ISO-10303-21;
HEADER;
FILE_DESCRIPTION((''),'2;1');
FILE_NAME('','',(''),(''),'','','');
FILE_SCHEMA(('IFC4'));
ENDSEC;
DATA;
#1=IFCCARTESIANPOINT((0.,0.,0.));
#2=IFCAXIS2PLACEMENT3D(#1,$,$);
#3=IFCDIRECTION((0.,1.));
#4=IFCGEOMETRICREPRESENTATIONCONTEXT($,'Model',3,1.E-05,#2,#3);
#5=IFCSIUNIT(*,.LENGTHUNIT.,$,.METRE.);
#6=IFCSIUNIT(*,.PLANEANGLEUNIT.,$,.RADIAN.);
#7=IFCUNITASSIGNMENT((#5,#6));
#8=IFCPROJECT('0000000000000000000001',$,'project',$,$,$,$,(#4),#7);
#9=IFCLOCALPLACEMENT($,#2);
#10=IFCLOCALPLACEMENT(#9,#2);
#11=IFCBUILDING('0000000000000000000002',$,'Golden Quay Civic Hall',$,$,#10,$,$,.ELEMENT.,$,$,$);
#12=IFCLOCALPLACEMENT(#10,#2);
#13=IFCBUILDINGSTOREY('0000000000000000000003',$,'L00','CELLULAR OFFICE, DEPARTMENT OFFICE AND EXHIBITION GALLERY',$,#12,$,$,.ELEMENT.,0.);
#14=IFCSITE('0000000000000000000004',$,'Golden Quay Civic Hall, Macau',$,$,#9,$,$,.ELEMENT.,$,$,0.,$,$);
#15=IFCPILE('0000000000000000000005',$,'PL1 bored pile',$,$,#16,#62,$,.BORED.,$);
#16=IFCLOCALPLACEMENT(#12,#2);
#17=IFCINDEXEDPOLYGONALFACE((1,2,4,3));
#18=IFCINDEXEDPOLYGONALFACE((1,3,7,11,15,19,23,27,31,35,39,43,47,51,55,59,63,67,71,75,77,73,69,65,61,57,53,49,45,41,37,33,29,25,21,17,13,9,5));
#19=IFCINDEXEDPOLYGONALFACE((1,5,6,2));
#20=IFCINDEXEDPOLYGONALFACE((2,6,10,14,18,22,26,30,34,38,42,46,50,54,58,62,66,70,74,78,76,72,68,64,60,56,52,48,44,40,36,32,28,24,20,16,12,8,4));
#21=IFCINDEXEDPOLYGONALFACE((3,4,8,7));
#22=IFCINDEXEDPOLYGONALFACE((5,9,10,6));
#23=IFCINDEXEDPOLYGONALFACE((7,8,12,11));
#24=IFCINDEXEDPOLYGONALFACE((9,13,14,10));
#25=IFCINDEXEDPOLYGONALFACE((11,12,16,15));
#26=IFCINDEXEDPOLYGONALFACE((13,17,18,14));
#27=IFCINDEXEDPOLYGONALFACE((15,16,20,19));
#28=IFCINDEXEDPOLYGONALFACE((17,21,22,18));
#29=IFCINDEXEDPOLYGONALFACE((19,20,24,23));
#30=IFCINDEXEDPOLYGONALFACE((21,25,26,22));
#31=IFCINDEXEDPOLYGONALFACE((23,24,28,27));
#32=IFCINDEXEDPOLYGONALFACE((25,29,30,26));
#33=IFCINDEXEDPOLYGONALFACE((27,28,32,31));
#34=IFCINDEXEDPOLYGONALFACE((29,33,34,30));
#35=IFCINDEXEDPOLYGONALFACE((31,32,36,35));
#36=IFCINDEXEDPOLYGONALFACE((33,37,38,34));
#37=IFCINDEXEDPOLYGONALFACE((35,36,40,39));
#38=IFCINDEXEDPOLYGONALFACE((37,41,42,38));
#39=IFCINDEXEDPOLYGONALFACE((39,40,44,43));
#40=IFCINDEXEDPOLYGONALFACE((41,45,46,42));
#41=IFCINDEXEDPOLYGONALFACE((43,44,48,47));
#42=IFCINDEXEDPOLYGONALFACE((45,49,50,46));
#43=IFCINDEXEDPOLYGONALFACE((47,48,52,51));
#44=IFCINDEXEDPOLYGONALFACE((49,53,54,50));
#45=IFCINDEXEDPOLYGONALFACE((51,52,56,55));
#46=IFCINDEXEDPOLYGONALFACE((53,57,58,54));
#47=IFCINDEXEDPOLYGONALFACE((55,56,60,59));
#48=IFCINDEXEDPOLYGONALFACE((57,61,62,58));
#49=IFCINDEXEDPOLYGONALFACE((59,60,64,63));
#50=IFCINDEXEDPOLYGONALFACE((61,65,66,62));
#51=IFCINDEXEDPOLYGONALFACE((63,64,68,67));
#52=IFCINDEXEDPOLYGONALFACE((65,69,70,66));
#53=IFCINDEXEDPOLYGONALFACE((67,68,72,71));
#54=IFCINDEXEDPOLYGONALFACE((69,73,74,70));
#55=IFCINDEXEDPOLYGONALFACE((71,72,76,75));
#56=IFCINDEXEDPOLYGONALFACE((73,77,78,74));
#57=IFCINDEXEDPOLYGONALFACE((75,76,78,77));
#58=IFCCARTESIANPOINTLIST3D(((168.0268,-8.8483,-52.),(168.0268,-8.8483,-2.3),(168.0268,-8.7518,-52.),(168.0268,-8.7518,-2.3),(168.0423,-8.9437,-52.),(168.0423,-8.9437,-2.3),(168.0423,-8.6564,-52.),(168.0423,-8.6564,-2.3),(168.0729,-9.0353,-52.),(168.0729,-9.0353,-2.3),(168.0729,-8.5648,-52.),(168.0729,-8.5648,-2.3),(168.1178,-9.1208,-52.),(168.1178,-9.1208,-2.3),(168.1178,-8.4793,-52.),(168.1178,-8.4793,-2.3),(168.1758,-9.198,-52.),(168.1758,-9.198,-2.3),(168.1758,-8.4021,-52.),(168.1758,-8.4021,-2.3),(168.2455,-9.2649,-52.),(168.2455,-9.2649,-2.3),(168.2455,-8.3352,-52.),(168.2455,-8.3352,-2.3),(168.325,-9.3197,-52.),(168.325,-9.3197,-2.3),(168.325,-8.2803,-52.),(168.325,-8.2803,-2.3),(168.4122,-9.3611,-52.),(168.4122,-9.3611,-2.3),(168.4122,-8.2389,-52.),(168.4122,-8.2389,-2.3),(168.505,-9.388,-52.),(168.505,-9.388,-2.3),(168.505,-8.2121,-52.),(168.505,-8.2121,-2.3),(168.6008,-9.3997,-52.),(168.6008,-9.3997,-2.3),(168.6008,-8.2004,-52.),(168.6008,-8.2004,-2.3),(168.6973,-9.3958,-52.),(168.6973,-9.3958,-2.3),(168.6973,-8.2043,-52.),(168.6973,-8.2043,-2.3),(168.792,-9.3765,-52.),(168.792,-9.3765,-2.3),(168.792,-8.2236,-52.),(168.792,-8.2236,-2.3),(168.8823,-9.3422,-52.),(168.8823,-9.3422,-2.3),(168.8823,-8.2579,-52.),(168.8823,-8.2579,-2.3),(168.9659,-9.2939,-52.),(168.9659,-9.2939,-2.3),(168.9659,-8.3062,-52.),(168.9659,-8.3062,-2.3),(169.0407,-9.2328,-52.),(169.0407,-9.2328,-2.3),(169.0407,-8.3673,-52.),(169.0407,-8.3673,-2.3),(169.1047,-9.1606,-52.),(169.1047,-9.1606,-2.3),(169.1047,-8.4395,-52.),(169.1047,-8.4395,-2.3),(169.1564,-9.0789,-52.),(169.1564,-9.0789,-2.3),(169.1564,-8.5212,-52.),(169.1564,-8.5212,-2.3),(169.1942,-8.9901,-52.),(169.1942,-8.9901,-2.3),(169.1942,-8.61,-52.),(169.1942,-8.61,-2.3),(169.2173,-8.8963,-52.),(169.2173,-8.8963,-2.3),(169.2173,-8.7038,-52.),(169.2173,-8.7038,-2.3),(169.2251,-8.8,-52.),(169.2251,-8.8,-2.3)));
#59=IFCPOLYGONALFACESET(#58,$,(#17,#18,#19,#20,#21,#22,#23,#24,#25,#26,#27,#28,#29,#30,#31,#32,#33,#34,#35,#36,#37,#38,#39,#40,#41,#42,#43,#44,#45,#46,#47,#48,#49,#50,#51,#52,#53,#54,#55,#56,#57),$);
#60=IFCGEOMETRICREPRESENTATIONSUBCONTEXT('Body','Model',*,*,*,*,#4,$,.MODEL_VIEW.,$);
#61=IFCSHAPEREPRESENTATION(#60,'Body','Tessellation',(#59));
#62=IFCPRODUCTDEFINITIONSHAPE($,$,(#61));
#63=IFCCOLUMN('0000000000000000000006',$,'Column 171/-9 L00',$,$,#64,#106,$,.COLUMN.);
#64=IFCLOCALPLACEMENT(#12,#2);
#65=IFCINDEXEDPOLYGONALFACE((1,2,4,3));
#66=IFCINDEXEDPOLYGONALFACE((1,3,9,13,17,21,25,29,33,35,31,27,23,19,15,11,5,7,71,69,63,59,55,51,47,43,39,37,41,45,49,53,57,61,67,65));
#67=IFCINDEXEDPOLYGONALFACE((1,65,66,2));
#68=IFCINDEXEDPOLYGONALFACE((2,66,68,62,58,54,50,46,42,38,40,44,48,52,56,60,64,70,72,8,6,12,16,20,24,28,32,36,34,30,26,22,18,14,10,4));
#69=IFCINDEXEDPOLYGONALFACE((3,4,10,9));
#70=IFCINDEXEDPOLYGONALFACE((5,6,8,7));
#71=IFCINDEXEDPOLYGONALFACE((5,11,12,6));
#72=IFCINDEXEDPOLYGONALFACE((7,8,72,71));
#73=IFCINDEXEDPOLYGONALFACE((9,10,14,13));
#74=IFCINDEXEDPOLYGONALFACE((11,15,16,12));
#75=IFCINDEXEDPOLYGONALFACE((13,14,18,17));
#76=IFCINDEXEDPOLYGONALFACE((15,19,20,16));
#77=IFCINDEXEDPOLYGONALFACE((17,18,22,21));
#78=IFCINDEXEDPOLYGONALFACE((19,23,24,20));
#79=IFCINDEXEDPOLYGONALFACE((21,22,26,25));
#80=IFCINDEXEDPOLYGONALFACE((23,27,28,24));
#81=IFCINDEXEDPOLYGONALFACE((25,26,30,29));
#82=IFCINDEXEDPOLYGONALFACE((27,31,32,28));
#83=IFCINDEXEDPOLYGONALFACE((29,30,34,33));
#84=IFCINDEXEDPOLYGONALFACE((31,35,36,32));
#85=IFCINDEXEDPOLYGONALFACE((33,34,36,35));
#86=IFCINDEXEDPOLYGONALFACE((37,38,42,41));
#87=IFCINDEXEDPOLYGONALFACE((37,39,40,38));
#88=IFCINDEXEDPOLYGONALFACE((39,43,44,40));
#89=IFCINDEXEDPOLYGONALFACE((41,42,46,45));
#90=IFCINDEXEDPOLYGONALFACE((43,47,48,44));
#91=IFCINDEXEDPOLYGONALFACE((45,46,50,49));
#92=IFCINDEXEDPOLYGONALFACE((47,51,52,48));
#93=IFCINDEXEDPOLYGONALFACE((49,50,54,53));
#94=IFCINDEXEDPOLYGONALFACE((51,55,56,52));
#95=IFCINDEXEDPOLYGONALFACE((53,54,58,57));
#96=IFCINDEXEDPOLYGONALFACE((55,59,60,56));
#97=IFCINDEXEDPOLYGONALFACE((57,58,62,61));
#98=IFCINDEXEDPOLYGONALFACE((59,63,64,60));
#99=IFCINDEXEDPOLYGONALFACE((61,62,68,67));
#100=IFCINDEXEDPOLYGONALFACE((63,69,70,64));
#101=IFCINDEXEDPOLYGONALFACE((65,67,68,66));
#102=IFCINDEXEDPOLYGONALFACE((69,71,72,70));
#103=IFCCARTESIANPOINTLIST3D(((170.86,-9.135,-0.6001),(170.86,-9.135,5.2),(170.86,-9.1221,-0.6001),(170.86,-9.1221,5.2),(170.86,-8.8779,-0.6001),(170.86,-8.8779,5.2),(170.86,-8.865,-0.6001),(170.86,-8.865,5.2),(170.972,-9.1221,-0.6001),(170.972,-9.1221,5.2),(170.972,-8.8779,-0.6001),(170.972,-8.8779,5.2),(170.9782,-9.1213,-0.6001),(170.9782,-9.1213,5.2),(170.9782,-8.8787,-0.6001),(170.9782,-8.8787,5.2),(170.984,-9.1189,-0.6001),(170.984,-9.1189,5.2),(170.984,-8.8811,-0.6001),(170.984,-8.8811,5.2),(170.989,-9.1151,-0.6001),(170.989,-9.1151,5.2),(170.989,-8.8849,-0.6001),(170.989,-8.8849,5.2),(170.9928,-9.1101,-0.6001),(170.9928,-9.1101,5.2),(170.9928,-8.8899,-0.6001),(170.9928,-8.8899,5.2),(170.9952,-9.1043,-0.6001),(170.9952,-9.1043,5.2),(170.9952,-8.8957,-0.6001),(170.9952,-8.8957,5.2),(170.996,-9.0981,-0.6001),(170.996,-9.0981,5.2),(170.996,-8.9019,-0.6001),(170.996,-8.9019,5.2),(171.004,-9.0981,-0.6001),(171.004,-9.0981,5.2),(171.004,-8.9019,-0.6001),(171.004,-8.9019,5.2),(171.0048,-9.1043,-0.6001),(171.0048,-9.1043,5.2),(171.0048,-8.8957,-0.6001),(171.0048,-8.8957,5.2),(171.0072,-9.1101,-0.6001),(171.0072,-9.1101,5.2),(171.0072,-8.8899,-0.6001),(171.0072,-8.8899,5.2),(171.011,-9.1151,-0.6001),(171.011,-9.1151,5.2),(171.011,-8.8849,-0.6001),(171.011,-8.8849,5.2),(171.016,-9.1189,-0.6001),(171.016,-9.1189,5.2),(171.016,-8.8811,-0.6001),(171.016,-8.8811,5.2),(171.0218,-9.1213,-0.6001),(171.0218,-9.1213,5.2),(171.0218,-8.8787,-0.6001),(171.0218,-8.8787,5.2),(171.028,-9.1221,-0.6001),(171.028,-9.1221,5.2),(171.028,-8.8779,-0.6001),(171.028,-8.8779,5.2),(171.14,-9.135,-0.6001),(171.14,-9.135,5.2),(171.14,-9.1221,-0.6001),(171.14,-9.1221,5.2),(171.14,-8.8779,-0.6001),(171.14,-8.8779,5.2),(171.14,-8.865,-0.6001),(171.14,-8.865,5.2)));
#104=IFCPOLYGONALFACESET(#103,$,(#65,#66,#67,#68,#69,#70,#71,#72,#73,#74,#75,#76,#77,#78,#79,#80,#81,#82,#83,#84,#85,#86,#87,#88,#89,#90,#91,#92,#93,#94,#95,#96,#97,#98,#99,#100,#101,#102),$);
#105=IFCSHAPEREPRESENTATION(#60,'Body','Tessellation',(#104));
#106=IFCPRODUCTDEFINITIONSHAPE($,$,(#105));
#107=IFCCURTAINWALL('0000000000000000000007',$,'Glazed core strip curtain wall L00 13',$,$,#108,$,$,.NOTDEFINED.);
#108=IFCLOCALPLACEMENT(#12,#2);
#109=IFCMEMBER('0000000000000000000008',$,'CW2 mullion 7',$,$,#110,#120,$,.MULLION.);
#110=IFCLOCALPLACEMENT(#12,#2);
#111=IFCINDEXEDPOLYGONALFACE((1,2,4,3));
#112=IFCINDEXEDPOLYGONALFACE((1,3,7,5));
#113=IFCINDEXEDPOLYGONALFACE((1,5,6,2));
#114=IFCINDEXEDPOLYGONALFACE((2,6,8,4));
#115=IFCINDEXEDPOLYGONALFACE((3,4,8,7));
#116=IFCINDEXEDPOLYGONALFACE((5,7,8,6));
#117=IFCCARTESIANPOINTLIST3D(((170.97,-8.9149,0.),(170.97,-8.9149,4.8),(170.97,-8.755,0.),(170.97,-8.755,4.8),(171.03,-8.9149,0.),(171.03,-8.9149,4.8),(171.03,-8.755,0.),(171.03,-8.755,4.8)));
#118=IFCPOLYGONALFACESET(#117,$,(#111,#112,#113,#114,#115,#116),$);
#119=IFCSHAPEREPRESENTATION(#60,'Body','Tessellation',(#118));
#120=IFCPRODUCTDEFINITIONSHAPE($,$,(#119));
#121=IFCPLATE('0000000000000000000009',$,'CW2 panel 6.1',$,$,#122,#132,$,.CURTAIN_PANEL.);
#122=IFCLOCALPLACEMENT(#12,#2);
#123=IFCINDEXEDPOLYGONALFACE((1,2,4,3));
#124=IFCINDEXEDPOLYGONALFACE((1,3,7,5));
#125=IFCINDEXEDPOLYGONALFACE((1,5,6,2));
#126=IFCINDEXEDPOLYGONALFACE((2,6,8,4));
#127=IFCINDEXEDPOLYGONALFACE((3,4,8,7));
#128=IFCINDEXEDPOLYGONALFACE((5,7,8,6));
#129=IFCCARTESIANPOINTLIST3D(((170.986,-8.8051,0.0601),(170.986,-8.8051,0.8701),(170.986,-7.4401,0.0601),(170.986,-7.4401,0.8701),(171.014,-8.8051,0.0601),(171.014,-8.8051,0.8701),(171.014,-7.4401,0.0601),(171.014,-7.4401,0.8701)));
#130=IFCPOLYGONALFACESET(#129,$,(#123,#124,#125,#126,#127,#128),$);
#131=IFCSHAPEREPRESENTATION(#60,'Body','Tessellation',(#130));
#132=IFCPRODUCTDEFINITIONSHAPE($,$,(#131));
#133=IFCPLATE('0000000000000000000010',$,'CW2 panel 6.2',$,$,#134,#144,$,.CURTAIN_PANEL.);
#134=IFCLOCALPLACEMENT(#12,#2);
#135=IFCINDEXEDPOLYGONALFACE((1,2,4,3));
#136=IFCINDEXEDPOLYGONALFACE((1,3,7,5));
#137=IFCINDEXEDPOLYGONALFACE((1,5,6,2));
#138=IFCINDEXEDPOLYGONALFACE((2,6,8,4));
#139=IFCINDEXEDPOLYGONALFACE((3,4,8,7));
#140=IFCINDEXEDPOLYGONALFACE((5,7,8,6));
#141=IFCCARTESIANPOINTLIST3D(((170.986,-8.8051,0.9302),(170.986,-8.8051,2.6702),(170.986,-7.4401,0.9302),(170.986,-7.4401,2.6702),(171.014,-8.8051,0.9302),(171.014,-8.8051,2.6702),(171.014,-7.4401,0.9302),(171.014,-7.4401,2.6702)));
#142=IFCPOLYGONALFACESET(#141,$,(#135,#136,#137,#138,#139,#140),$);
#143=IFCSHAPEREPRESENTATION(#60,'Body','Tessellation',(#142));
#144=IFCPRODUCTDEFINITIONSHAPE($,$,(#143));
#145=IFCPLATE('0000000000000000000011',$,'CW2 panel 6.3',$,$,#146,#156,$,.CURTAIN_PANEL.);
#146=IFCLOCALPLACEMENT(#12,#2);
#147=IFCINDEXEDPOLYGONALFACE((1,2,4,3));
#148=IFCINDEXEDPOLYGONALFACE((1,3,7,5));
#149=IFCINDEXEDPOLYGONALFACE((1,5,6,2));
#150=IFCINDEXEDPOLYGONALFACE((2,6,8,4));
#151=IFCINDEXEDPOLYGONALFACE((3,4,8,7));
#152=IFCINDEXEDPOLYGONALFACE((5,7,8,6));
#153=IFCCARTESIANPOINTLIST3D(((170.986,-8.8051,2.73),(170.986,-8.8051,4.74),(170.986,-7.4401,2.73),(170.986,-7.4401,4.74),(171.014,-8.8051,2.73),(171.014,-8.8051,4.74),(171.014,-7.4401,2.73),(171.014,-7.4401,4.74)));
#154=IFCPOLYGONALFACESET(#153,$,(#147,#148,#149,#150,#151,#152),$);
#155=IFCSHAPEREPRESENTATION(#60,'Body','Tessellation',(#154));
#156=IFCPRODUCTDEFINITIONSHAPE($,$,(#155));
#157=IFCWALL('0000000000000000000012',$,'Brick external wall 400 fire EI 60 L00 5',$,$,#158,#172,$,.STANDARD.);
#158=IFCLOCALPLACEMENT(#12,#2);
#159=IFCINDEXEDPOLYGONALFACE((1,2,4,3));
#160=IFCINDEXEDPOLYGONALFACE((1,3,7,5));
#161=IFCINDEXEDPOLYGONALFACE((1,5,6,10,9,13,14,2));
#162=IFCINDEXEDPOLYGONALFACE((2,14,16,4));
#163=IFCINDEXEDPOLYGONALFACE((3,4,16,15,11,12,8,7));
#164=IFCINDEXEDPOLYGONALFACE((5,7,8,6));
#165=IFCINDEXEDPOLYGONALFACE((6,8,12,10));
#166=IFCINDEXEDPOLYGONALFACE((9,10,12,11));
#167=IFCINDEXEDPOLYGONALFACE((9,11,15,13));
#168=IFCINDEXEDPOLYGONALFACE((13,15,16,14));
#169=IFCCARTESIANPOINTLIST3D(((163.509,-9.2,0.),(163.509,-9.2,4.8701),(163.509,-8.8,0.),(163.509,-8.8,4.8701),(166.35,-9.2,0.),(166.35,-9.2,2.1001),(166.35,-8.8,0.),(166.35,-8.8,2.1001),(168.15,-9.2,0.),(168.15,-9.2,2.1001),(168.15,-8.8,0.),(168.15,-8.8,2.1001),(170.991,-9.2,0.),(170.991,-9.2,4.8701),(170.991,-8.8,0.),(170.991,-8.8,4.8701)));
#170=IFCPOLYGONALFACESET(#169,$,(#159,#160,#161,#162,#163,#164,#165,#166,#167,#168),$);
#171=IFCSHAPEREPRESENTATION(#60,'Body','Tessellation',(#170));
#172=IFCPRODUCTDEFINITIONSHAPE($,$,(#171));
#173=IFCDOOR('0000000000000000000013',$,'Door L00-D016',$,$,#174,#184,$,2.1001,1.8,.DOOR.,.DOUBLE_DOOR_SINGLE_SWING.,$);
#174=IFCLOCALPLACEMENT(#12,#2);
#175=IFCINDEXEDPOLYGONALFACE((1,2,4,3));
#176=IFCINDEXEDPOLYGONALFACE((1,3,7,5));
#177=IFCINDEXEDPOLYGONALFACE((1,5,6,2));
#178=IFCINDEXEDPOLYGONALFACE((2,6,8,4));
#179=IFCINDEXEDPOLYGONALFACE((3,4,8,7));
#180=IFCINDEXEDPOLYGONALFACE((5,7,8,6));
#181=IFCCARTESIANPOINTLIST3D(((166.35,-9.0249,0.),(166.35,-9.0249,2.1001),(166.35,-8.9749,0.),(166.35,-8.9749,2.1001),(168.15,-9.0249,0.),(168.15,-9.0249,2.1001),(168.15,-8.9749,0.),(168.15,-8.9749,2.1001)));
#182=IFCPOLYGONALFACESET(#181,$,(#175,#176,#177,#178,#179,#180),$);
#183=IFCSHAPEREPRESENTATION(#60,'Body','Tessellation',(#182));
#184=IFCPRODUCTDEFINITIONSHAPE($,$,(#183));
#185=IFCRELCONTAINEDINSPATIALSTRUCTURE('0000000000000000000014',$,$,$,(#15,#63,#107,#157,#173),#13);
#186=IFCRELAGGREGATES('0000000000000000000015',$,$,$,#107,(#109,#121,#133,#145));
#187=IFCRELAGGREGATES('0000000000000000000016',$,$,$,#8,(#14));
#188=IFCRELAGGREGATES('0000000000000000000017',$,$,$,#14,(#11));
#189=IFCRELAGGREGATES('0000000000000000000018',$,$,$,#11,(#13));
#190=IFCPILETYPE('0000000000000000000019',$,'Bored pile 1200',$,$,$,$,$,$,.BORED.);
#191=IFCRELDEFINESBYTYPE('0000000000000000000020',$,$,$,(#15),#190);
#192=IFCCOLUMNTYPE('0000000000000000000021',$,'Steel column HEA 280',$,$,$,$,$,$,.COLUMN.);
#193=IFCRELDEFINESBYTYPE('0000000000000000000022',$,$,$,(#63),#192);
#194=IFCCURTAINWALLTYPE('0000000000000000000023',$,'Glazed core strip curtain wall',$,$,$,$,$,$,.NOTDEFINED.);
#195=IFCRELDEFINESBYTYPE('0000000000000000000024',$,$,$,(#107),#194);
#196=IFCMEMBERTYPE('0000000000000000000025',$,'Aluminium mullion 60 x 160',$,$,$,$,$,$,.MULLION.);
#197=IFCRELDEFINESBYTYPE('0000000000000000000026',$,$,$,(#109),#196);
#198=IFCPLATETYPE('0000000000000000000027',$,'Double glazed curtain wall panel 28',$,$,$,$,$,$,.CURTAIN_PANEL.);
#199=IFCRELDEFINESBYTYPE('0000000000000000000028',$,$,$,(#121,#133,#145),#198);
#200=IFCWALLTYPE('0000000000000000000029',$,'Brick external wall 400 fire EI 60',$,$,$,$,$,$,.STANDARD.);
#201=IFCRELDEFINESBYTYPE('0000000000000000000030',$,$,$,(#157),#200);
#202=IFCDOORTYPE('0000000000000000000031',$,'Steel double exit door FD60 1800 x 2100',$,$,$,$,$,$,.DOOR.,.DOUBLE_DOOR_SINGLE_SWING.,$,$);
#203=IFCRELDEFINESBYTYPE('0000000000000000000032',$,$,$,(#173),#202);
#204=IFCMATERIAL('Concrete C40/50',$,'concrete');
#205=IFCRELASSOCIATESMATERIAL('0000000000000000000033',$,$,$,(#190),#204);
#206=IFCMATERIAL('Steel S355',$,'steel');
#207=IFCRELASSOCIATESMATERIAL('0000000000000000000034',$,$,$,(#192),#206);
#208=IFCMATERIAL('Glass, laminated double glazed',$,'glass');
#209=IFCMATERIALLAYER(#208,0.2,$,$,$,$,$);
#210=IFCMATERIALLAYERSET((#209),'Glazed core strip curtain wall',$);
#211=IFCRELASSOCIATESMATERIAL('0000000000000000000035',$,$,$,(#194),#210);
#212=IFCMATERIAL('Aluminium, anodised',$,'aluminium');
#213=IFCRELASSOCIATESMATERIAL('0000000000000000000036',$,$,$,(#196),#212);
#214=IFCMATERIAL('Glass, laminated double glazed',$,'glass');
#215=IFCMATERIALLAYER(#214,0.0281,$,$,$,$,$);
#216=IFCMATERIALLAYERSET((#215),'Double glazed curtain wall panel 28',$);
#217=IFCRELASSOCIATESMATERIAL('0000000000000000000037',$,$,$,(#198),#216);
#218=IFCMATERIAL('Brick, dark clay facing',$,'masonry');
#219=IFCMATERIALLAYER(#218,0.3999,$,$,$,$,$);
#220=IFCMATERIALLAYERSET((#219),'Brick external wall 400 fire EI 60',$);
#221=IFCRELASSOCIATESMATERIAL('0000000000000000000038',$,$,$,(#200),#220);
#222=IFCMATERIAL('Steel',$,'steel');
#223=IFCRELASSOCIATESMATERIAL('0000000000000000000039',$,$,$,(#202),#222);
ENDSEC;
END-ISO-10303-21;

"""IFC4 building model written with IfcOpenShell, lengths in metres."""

from ifc_helpers import new_model, si_unit, direction, frame, frame_2d, origin, origin_2d, place, context, subcontext, project, spatial, rectangle, circle, i_section, extrude, material, layer, layer_set, material_profile, profile_set, type_object, element, fill, aggregate, save


model = new_model("IFC4")

# Units and contexts
model_context = context("Model", 3, precision=1e-05, world=origin(), true_north=direction((0.0, 1.0)))
body_context = subcontext(model_context, "Body", "Model", "MODEL_VIEW")
ifc_project = project(units=[si_unit("LENGTHUNIT", "METRE"), si_unit("PLANEANGLEUNIT", "RADIAN")], contexts=[model_context])

# Site, building, storey
site_placement = place(None, origin())
site = spatial("IfcSite", under=ifc_project, at=site_placement, Name="Golden Quay Civic Hall, Macau", CompositionType="ELEMENT", RefElevation=0.0)
building_placement = place(site_placement, origin())
building = spatial("IfcBuilding", under=site, at=building_placement, Name="Golden Quay Civic Hall", CompositionType="ELEMENT")
storey_placement = place(building_placement, origin())
storey = spatial("IfcBuildingStorey", under=building, at=storey_placement, Name="L00", Description="CELLULAR OFFICE, DEPARTMENT OFFICE AND EXHIBITION GALLERY", CompositionType="ELEMENT", Elevation=0.0)

# Pile
ifc_material_1 = material(Name="Concrete C40/50", Category="concrete")
ifc_material_profile_1 = material_profile(ifc_material_1, circle(Radius=0.6001, at=origin_2d()), Name="RC D1200")
ifc_profile_set_1 = profile_set([ifc_material_profile_1], Name="Concrete C40/50")
pile_type = type_object("IfcPileType", Name="Bored pile 1200", PredefinedType="BORED", material=ifc_profile_set_1)
pile_placement = place(storey_placement, frame((168.625, -8.8, -2.3), z_axis=(0.0, 0.0, -1.0), x_axis=(1.0, 0.0, 0.0)))
element("IfcPile", 1, at=pile_placement, inside=storey, type_object=pile_type, Name="PL1 bored pile", PredefinedType="BORED", context=body_context, shape_type="SweptSolid", body=[
    extrude(circle(Radius=0.6001, at=origin_2d()), origin(), (0.0, 0.0, 1.0), 49.7),
])

# Column
ifc_material_2 = material(Name="Steel S355", Category="steel")
ifc_material_profile_2 = material_profile(ifc_material_2, i_section(OverallWidth=0.28, OverallDepth=0.27, WebThickness=0.0081, FlangeThickness=0.0129, FilletRadius=0.0239, at=origin_2d()), Name="HEA 280")
ifc_profile_set_2 = profile_set([ifc_material_profile_2], Name="Steel S355")
column_type = type_object("IfcColumnType", Name="Steel column HEA 280", PredefinedType="COLUMN", material=ifc_profile_set_2)
column_placement = place(storey_placement, frame((171.0, -9.0, -0.6001), z_axis=(0.0, 0.0, 1.0), x_axis=(1.0, 0.0, 0.0)))
element("IfcColumn", 2, at=column_placement, inside=storey, type_object=column_type, Name="Column 171/-9 L00", PredefinedType="COLUMN", context=body_context, shape_type="SweptSolid", body=[
    extrude(i_section(OverallWidth=0.28, OverallDepth=0.27, WebThickness=0.0081, FlangeThickness=0.0129, FilletRadius=0.0239, at=origin_2d()), origin(), (0.0, 0.0, 1.0), 5.8),
])

# Curtain wall, member, plates
ifc_material_3 = material(Name="Glass, laminated double glazed", Category="glass")
ifc_layer_1 = layer(ifc_material_3, 0.2)
ifc_layer_set_1 = layer_set([ifc_layer_1], Name="Glazed core strip curtain wall")
curtain_wall_type = type_object("IfcCurtainWallType", Name="Glazed core strip curtain wall", PredefinedType="NOTDEFINED", material=ifc_layer_set_1)
curtain_wall_placement = place(storey_placement, origin())
curtain_wall = element("IfcCurtainWall", 3, at=curtain_wall_placement, inside=storey, type_object=curtain_wall_type, Name="Glazed core strip curtain wall L00 13", PredefinedType="NOTDEFINED")
ifc_material_4 = material(Name="Aluminium, anodised", Category="aluminium")
ifc_material_profile_3 = material_profile(ifc_material_4, rectangle(XDim=0.0601, YDim=0.1599, at=origin_2d()), Name="Aluminium 60 x 160")
ifc_profile_set_3 = profile_set([ifc_material_profile_3], Name="Aluminium, anodised")
member_type = type_object("IfcMemberType", Name="Aluminium mullion 60 x 160", PredefinedType="MULLION", material=ifc_profile_set_3)
member_placement = place(storey_placement, frame((171.0, -8.835, 0.0), z_axis=(0.0, 0.0, 1.0), x_axis=(1.0, 0.0, 0.0)))
member = element("IfcMember", 4, at=member_placement, type_object=member_type, Name="CW2 mullion 7", PredefinedType="MULLION", context=body_context, shape_type="SweptSolid", body=[
    extrude(rectangle(XDim=0.0601, YDim=0.1599, at=origin_2d()), origin(), (0.0, 0.0, 1.0), 4.8),
])
ifc_material_5 = material(Name="Glass, laminated double glazed", Category="glass")
ifc_layer_2 = layer(ifc_material_5, 0.0281)
ifc_layer_set_2 = layer_set([ifc_layer_2], Name="Double glazed curtain wall panel 28")
plate_type = type_object("IfcPlateType", Name="Double glazed curtain wall panel 28", PredefinedType="CURTAIN_PANEL", material=ifc_layer_set_2)
plate_1_placement = place(storey_placement, frame((171.0, -8.1226, 0.0601), z_axis=(0.0, 0.0, 1.0), x_axis=(0.0, -1.0, 0.0)))
plate_1 = element("IfcPlate", 5, at=plate_1_placement, type_object=plate_type, Name="CW2 panel 6.1", PredefinedType="CURTAIN_PANEL", context=body_context, shape_type="SweptSolid", body=[
    extrude(rectangle(XDim=1.365, YDim=0.0281, at=origin_2d()), origin(), (0.0, 0.0, 1.0), 0.8101),
])
plate_2_placement = place(storey_placement, frame((171.0, -8.1226, 0.9302), z_axis=(0.0, 0.0, 1.0), x_axis=(0.0, -1.0, 0.0)))
plate_2 = element("IfcPlate", 6, at=plate_2_placement, type_object=plate_type, Name="CW2 panel 6.2", PredefinedType="CURTAIN_PANEL", context=body_context, shape_type="SweptSolid", body=[
    extrude(rectangle(XDim=1.365, YDim=0.0281, at=origin_2d()), origin(), (0.0, 0.0, 1.0), 1.74),
])
plate_3_placement = place(storey_placement, frame((171.0, -8.1226, 2.73), z_axis=(0.0, 0.0, 1.0), x_axis=(0.0, -1.0, 0.0)))
plate_3 = element("IfcPlate", 7, at=plate_3_placement, type_object=plate_type, Name="CW2 panel 6.3", PredefinedType="CURTAIN_PANEL", context=body_context, shape_type="SweptSolid", body=[
    extrude(rectangle(XDim=1.365, YDim=0.0281, at=origin_2d()), origin(), (0.0, 0.0, 1.0), 2.01),
])
aggregate(curtain_wall, [member, plate_1, plate_2, plate_3])

# Wall, opening, door
ifc_material_6 = material(Name="Brick, dark clay facing", Category="masonry")
ifc_layer_3 = layer(ifc_material_6, 0.3999)
ifc_layer_set_3 = layer_set([ifc_layer_3], Name="Brick external wall 400 fire EI 60")
wall_type_1 = type_object("IfcWallType", Name="Brick external wall 400 fire EI 60", PredefinedType="STANDARD", material=ifc_layer_set_3)
wall_1_placement = place(storey_placement, frame((170.991, -9.0, 0.0), z_axis=(0.0, 0.0, 1.0), x_axis=(-1.0, 0.0, 0.0)))
wall_1 = element("IfcWall", 8, at=wall_1_placement, inside=storey, type_object=wall_type_1, Name="Brick external wall 400 fire EI 60 L00 5", PredefinedType="STANDARD", context=body_context, shape_type="SweptSolid", body=[
    extrude(rectangle(XDim=7.4819, YDim=0.3999, at=frame_2d((3.741, 0.0))), origin(), (0.0, 0.0, 1.0), 4.8701),
])
opening_placement = place(wall_1_placement, frame((2.8411, 0.0, 0.0)))
opening = element("IfcOpeningElement", 9, at=opening_placement, cuts=wall_1, PredefinedType="OPENING", context=body_context, shape_type="SweptSolid", body=[
    extrude(rectangle(XDim=1.8, YDim=2.1001, at=frame_2d((0.8999, 1.05))), frame((0.0, 0.21, 0.0), z_axis=(0.0, -1.0, 0.0), x_axis=(1.0, 0.0, 0.0)), (0.0, 0.0, 1.0), 0.4199),
])
ifc_material_7 = material(Name="Steel", Category="steel")
door_type = type_object("IfcDoorType", Name="Steel double exit door FD60 1800 x 2100", OperationType="DOUBLE_DOOR_SINGLE_SWING", PredefinedType="DOOR", material=ifc_material_7)
door_placement = place(opening_placement, origin())
door = element("IfcDoor", 10, at=door_placement, inside=storey, type_object=door_type, Name="Door L00-D016", OperationType="DOUBLE_DOOR_SINGLE_SWING", OverallHeight=2.1001, OverallWidth=1.8, PredefinedType="DOOR", context=body_context, shape_type="SweptSolid", body=[
    extrude(rectangle(XDim=1.8, YDim=2.1001, at=frame_2d((0.8999, 1.05))), frame((0.0, 0.0249, 0.0), z_axis=(0.0, -1.0, 0.0), x_axis=(1.0, 0.0, 0.0)), (0.0, 0.0, 1.0), 0.05),
])
fill(opening, door)

save(model, "model.ifc")
